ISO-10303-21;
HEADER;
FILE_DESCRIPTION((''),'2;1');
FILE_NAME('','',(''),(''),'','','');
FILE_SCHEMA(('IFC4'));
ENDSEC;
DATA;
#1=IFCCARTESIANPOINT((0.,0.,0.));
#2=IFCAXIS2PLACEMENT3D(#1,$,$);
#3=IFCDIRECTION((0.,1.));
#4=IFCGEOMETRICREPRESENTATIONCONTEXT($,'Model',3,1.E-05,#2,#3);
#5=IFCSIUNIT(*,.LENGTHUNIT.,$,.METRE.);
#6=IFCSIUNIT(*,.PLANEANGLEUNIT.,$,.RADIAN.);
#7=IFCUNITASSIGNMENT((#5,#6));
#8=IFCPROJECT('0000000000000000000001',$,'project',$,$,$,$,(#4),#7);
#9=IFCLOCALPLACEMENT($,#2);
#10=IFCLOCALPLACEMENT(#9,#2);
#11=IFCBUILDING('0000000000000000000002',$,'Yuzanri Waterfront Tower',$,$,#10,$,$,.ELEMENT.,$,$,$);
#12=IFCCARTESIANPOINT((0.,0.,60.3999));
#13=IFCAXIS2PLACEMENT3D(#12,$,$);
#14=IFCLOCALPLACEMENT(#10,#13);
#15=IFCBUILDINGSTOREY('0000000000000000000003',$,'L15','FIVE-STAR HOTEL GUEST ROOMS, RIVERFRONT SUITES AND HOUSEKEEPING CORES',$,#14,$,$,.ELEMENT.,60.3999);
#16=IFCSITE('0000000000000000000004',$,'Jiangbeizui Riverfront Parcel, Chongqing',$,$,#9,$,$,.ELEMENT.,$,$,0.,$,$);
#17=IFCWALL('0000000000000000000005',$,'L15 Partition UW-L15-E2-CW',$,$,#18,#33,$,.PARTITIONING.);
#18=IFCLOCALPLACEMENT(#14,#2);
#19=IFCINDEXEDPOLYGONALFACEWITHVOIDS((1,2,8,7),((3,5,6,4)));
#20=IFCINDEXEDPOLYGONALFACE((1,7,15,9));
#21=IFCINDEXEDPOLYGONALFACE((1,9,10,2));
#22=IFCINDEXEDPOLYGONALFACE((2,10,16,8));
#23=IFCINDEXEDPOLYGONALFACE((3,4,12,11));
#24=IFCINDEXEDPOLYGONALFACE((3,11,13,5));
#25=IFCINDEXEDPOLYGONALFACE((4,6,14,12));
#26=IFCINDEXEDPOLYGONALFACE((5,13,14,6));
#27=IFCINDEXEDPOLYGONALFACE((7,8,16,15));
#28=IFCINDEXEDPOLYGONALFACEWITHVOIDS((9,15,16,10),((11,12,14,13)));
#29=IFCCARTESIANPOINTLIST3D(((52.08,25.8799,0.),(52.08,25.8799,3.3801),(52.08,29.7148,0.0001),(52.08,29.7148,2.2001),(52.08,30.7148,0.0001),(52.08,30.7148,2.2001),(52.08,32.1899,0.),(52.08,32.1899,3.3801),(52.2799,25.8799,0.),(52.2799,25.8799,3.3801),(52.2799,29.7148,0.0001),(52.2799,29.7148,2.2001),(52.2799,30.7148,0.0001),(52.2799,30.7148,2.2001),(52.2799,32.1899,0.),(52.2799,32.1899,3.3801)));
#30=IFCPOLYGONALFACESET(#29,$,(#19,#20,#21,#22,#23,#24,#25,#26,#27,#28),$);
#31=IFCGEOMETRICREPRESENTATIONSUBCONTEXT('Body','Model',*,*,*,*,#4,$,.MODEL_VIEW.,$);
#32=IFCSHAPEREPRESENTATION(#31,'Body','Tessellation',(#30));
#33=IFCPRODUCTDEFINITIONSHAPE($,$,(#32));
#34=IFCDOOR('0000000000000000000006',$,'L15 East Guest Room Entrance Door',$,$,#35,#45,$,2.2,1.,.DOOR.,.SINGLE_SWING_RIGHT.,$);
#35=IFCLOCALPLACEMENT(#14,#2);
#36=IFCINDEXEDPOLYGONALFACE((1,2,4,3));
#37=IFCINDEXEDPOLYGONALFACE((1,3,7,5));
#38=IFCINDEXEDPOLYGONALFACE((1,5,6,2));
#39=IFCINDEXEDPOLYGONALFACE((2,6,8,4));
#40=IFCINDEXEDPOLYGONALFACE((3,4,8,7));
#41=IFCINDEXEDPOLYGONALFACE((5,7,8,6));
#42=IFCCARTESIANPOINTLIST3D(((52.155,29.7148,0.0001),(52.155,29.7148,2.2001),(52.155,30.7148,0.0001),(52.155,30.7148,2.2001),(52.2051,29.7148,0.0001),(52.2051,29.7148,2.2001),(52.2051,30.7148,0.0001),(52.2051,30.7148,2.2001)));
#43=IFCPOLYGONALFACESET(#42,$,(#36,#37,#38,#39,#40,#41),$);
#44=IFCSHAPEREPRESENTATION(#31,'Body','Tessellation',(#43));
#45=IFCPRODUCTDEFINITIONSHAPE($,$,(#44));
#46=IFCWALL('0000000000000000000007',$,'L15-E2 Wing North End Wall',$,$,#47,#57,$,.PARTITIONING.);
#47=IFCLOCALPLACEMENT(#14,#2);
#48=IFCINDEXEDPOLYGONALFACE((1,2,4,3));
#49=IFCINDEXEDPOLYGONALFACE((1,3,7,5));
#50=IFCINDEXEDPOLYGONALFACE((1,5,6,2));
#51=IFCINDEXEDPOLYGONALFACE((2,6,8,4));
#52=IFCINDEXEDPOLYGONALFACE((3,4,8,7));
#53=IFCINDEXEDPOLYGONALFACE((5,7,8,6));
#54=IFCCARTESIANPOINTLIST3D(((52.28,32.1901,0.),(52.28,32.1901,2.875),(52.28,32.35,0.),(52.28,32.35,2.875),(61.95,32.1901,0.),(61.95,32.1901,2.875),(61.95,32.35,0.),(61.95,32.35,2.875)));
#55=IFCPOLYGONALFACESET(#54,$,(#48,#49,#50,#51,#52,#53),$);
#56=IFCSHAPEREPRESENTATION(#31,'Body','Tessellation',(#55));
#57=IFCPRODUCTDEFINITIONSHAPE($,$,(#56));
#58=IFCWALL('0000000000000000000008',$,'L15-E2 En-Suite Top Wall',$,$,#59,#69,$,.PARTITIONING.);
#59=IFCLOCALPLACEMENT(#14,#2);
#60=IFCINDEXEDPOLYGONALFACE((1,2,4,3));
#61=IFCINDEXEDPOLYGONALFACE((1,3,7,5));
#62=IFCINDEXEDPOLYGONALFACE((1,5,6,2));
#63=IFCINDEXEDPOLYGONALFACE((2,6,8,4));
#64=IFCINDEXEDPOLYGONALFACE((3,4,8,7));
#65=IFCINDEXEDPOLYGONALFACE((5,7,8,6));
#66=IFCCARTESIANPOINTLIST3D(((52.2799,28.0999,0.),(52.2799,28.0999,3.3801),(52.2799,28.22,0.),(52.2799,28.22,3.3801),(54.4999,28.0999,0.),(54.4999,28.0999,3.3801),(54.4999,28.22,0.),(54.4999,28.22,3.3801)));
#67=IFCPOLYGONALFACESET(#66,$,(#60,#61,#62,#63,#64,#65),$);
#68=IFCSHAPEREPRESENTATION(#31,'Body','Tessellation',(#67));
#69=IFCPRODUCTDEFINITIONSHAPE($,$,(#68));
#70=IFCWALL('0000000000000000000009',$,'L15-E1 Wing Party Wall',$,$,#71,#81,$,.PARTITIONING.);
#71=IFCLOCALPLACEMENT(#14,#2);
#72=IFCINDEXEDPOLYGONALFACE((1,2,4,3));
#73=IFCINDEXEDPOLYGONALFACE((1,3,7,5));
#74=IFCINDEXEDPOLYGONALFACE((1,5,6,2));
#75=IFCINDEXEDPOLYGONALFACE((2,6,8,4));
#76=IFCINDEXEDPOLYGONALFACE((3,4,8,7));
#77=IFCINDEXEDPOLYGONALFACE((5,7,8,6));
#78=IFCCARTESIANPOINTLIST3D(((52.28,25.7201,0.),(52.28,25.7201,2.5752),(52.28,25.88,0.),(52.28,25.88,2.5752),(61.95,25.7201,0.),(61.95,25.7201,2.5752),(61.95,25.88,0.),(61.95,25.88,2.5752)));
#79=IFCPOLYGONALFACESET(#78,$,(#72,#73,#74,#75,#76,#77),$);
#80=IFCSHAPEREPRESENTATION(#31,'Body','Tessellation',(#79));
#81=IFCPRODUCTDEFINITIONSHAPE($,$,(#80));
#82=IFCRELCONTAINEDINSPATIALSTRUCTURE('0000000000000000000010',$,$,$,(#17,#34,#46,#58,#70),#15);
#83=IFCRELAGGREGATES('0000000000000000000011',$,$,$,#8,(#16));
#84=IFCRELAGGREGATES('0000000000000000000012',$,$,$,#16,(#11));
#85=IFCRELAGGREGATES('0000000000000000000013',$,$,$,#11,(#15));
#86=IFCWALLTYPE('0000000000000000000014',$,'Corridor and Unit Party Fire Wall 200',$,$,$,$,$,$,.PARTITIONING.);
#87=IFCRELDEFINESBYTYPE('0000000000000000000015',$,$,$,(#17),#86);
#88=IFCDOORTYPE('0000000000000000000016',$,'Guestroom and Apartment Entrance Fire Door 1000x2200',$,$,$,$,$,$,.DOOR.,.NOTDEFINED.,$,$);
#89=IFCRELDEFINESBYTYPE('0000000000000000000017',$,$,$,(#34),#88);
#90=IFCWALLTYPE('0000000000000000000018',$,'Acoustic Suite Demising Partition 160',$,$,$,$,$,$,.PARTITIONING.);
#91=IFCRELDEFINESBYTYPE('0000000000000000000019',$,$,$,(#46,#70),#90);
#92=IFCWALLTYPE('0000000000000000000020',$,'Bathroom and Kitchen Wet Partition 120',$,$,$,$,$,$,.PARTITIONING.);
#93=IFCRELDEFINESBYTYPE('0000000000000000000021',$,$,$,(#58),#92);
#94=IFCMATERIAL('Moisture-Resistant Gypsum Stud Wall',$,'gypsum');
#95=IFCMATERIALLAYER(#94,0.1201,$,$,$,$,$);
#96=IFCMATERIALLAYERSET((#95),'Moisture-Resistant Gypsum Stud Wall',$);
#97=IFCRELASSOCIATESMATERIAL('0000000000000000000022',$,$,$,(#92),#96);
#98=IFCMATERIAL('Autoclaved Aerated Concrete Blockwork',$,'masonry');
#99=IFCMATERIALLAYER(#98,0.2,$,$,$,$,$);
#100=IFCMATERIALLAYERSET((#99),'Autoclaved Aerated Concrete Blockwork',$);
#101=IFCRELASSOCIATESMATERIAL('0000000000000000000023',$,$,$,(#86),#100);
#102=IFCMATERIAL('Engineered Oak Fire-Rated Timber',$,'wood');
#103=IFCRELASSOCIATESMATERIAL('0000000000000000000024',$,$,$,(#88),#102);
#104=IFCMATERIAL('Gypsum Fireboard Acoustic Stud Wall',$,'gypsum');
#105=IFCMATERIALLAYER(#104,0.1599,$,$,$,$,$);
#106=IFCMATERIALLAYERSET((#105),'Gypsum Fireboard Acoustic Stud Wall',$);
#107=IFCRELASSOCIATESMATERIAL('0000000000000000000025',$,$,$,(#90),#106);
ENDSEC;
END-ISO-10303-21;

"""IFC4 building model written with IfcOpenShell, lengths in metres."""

from ifc_helpers import new_model, si_unit, direction, frame, frame_2d, origin, place, context, subcontext, project, spatial, rectangle, extrude, source, transform, mapped, material, layer, layer_set, type_object, element, fill, save


model = new_model("IFC4")

# Units and contexts
model_context = context("Model", 3, precision=1e-05, world=origin(), true_north=direction((0.0, 1.0)))
body_context = subcontext(model_context, "Body", "Model", "MODEL_VIEW")
ifc_project = project(units=[si_unit("LENGTHUNIT", "METRE"), si_unit("PLANEANGLEUNIT", "RADIAN")], contexts=[model_context])

# Site, building, storey
site_placement = place(None, origin())
site = spatial("IfcSite", under=ifc_project, at=site_placement, Name="Jiangbeizui Riverfront Parcel, Chongqing", CompositionType="ELEMENT", RefElevation=0.0)
building_placement = place(site_placement, origin())
building = spatial("IfcBuilding", under=site, at=building_placement, Name="Yuzanri Waterfront Tower", CompositionType="ELEMENT")
storey_placement = place(building_placement, frame((0.0, 0.0, 60.3999)))
storey = spatial("IfcBuildingStorey", under=building, at=storey_placement, Name="L15", Description="FIVE-STAR HOTEL GUEST ROOMS, RIVERFRONT SUITES AND HOUSEKEEPING CORES", CompositionType="ELEMENT", Elevation=60.3999)

# Wall, opening, door
ifc_material_1 = material(Name="Moisture-Resistant Gypsum Stud Wall", Category="gypsum")
ifc_layer_1 = layer(ifc_material_1, 0.1201)
ifc_layer_set_1 = layer_set([ifc_layer_1], Name="Moisture-Resistant Gypsum Stud Wall")
wall_type_1 = type_object("IfcWallType", Name="Bathroom and Kitchen Wet Partition 120", PredefinedType="PARTITIONING", material=ifc_layer_set_1)
ifc_material_2 = material(Name="Autoclaved Aerated Concrete Blockwork", Category="masonry")
ifc_layer_2 = layer(ifc_material_2, 0.2)
ifc_layer_set_2 = layer_set([ifc_layer_2], Name="Autoclaved Aerated Concrete Blockwork")
wall_type_2 = type_object("IfcWallType", Name="Corridor and Unit Party Fire Wall 200", PredefinedType="PARTITIONING", material=ifc_layer_set_2)
wall_1_placement = place(storey_placement, frame((52.1799, 25.8799, 0.0), z_axis=(0.0, 0.0, 1.0), x_axis=(0.0, 1.0, 0.0)))
wall_1 = element("IfcWall", 1, at=wall_1_placement, inside=storey, type_object=wall_type_2, Name="L15 Partition UW-L15-E2-CW", PredefinedType="PARTITIONING", context=body_context, shape_type="SweptSolid", body=[
    extrude(rectangle(XDim=6.3101, YDim=0.2, at=frame_2d((3.155, 0.0))), origin(), (0.0, 0.0, 1.0), 3.3801),
])
opening_1_placement = place(wall_1_placement, frame((3.835, 0.0, 0.0)))
opening_1 = element("IfcOpeningElement", 2, at=opening_1_placement, cuts=wall_1, PredefinedType="OPENING", context=body_context, shape_type="SweptSolid", body=[
    extrude(rectangle(XDim=1.0, YDim=2.2, at=frame_2d((0.5, 1.1001))), frame((0.0, 0.1147, 0.0), z_axis=(0.0, -1.0, 0.0), x_axis=(1.0, 0.0, 0.0)), (0.0, 0.0, 1.0), 0.2297),
])
ifc_material_3 = material(Name="Engineered Oak Fire-Rated Timber", Category="wood")
door_type_1 = type_object("IfcDoorType", Name="Guestroom and Apartment Entrance Fire Door 1000x2200", OperationType="NOTDEFINED", PredefinedType="DOOR", material=ifc_material_3)
shared_shape_1 = source(origin(), body_context, "Body", "SweptSolid", [
    extrude(rectangle(XDim=1.0, YDim=2.2, at=frame_2d((0.5, 1.1001))), frame((0.0, 0.0249, 0.0), z_axis=(0.0, -1.0, 0.0), x_axis=(1.0, 0.0, 0.0)), (0.0, 0.0, 1.0), 0.05),
])
door_1_placement = place(opening_1_placement, origin())
door_1 = element("IfcDoor", 3, at=door_1_placement, inside=storey, type_object=door_type_1, Name="L15 East Guest Room Entrance Door", OperationType="SINGLE_SWING_RIGHT", OverallHeight=2.2, OverallWidth=1.0, PredefinedType="DOOR", context=body_context, shape_type="MappedRepresentation", body=[
    mapped(shared_shape_1, transform((0.0, 0.0, 0.0), scale=1.0)),
])
fill(opening_1, door_1)

# Walls
ifc_material_4 = material(Name="Gypsum Fireboard Acoustic Stud Wall", Category="gypsum")
ifc_layer_3 = layer(ifc_material_4, 0.1599)
ifc_layer_set_3 = layer_set([ifc_layer_3], Name="Gypsum Fireboard Acoustic Stud Wall")
wall_type_3 = type_object("IfcWallType", Name="Acoustic Suite Demising Partition 160", PredefinedType="PARTITIONING", material=ifc_layer_set_3)
shared_shape_2 = source(origin(), body_context, "Body", "SweptSolid", [
    extrude(rectangle(XDim=9.6699, YDim=0.1599, at=frame_2d((4.835, 0.0))), origin(), (0.0, 0.0, 1.0), 2.875),
])
wall_2_placement = place(storey_placement, frame((52.28, 32.27, 0.0), z_axis=(0.0, 0.0, 1.0), x_axis=(1.0, 0.0, 0.0)))
element("IfcWall", 4, at=wall_2_placement, inside=storey, type_object=wall_type_3, Name="L15-E2 Wing North End Wall", PredefinedType="PARTITIONING", context=body_context, shape_type="MappedRepresentation", body=[
    mapped(shared_shape_2, transform((0.0, 0.0, 0.0), scale=1.0)),
])
shared_shape_3 = source(origin(), body_context, "Body", "SweptSolid", [
    extrude(rectangle(XDim=2.22, YDim=0.1201, at=frame_2d((1.1099, 0.0))), origin(), (0.0, 0.0, 1.0), 3.3801),
])
wall_3_placement = place(storey_placement, frame((52.28, 28.1599, 0.0), z_axis=(0.0, 0.0, 1.0), x_axis=(1.0, 0.0, 0.0)))
element("IfcWall", 5, at=wall_3_placement, inside=storey, type_object=wall_type_1, Name="L15-E2 En-Suite Top Wall", PredefinedType="PARTITIONING", context=body_context, shape_type="MappedRepresentation", body=[
    mapped(shared_shape_3, transform((0.0, 0.0, 0.0), scale=1.0)),
])
shared_shape_4 = source(origin(), body_context, "Body", "SweptSolid", [
    extrude(rectangle(XDim=9.6699, YDim=0.1599, at=frame_2d((4.835, 0.0))), origin(), (0.0, 0.0, 1.0), 2.5752),
])
wall_4_placement = place(storey_placement, frame((52.28, 25.8, 0.0), z_axis=(0.0, 0.0, 1.0), x_axis=(1.0, 0.0, 0.0)))
element("IfcWall", 6, at=wall_4_placement, inside=storey, type_object=wall_type_3, Name="L15-E1 Wing Party Wall", PredefinedType="PARTITIONING", context=body_context, shape_type="MappedRepresentation", body=[
    mapped(shared_shape_4, transform((0.0, 0.0, 0.0), scale=1.0)),
])

save(model, "model.ifc")
